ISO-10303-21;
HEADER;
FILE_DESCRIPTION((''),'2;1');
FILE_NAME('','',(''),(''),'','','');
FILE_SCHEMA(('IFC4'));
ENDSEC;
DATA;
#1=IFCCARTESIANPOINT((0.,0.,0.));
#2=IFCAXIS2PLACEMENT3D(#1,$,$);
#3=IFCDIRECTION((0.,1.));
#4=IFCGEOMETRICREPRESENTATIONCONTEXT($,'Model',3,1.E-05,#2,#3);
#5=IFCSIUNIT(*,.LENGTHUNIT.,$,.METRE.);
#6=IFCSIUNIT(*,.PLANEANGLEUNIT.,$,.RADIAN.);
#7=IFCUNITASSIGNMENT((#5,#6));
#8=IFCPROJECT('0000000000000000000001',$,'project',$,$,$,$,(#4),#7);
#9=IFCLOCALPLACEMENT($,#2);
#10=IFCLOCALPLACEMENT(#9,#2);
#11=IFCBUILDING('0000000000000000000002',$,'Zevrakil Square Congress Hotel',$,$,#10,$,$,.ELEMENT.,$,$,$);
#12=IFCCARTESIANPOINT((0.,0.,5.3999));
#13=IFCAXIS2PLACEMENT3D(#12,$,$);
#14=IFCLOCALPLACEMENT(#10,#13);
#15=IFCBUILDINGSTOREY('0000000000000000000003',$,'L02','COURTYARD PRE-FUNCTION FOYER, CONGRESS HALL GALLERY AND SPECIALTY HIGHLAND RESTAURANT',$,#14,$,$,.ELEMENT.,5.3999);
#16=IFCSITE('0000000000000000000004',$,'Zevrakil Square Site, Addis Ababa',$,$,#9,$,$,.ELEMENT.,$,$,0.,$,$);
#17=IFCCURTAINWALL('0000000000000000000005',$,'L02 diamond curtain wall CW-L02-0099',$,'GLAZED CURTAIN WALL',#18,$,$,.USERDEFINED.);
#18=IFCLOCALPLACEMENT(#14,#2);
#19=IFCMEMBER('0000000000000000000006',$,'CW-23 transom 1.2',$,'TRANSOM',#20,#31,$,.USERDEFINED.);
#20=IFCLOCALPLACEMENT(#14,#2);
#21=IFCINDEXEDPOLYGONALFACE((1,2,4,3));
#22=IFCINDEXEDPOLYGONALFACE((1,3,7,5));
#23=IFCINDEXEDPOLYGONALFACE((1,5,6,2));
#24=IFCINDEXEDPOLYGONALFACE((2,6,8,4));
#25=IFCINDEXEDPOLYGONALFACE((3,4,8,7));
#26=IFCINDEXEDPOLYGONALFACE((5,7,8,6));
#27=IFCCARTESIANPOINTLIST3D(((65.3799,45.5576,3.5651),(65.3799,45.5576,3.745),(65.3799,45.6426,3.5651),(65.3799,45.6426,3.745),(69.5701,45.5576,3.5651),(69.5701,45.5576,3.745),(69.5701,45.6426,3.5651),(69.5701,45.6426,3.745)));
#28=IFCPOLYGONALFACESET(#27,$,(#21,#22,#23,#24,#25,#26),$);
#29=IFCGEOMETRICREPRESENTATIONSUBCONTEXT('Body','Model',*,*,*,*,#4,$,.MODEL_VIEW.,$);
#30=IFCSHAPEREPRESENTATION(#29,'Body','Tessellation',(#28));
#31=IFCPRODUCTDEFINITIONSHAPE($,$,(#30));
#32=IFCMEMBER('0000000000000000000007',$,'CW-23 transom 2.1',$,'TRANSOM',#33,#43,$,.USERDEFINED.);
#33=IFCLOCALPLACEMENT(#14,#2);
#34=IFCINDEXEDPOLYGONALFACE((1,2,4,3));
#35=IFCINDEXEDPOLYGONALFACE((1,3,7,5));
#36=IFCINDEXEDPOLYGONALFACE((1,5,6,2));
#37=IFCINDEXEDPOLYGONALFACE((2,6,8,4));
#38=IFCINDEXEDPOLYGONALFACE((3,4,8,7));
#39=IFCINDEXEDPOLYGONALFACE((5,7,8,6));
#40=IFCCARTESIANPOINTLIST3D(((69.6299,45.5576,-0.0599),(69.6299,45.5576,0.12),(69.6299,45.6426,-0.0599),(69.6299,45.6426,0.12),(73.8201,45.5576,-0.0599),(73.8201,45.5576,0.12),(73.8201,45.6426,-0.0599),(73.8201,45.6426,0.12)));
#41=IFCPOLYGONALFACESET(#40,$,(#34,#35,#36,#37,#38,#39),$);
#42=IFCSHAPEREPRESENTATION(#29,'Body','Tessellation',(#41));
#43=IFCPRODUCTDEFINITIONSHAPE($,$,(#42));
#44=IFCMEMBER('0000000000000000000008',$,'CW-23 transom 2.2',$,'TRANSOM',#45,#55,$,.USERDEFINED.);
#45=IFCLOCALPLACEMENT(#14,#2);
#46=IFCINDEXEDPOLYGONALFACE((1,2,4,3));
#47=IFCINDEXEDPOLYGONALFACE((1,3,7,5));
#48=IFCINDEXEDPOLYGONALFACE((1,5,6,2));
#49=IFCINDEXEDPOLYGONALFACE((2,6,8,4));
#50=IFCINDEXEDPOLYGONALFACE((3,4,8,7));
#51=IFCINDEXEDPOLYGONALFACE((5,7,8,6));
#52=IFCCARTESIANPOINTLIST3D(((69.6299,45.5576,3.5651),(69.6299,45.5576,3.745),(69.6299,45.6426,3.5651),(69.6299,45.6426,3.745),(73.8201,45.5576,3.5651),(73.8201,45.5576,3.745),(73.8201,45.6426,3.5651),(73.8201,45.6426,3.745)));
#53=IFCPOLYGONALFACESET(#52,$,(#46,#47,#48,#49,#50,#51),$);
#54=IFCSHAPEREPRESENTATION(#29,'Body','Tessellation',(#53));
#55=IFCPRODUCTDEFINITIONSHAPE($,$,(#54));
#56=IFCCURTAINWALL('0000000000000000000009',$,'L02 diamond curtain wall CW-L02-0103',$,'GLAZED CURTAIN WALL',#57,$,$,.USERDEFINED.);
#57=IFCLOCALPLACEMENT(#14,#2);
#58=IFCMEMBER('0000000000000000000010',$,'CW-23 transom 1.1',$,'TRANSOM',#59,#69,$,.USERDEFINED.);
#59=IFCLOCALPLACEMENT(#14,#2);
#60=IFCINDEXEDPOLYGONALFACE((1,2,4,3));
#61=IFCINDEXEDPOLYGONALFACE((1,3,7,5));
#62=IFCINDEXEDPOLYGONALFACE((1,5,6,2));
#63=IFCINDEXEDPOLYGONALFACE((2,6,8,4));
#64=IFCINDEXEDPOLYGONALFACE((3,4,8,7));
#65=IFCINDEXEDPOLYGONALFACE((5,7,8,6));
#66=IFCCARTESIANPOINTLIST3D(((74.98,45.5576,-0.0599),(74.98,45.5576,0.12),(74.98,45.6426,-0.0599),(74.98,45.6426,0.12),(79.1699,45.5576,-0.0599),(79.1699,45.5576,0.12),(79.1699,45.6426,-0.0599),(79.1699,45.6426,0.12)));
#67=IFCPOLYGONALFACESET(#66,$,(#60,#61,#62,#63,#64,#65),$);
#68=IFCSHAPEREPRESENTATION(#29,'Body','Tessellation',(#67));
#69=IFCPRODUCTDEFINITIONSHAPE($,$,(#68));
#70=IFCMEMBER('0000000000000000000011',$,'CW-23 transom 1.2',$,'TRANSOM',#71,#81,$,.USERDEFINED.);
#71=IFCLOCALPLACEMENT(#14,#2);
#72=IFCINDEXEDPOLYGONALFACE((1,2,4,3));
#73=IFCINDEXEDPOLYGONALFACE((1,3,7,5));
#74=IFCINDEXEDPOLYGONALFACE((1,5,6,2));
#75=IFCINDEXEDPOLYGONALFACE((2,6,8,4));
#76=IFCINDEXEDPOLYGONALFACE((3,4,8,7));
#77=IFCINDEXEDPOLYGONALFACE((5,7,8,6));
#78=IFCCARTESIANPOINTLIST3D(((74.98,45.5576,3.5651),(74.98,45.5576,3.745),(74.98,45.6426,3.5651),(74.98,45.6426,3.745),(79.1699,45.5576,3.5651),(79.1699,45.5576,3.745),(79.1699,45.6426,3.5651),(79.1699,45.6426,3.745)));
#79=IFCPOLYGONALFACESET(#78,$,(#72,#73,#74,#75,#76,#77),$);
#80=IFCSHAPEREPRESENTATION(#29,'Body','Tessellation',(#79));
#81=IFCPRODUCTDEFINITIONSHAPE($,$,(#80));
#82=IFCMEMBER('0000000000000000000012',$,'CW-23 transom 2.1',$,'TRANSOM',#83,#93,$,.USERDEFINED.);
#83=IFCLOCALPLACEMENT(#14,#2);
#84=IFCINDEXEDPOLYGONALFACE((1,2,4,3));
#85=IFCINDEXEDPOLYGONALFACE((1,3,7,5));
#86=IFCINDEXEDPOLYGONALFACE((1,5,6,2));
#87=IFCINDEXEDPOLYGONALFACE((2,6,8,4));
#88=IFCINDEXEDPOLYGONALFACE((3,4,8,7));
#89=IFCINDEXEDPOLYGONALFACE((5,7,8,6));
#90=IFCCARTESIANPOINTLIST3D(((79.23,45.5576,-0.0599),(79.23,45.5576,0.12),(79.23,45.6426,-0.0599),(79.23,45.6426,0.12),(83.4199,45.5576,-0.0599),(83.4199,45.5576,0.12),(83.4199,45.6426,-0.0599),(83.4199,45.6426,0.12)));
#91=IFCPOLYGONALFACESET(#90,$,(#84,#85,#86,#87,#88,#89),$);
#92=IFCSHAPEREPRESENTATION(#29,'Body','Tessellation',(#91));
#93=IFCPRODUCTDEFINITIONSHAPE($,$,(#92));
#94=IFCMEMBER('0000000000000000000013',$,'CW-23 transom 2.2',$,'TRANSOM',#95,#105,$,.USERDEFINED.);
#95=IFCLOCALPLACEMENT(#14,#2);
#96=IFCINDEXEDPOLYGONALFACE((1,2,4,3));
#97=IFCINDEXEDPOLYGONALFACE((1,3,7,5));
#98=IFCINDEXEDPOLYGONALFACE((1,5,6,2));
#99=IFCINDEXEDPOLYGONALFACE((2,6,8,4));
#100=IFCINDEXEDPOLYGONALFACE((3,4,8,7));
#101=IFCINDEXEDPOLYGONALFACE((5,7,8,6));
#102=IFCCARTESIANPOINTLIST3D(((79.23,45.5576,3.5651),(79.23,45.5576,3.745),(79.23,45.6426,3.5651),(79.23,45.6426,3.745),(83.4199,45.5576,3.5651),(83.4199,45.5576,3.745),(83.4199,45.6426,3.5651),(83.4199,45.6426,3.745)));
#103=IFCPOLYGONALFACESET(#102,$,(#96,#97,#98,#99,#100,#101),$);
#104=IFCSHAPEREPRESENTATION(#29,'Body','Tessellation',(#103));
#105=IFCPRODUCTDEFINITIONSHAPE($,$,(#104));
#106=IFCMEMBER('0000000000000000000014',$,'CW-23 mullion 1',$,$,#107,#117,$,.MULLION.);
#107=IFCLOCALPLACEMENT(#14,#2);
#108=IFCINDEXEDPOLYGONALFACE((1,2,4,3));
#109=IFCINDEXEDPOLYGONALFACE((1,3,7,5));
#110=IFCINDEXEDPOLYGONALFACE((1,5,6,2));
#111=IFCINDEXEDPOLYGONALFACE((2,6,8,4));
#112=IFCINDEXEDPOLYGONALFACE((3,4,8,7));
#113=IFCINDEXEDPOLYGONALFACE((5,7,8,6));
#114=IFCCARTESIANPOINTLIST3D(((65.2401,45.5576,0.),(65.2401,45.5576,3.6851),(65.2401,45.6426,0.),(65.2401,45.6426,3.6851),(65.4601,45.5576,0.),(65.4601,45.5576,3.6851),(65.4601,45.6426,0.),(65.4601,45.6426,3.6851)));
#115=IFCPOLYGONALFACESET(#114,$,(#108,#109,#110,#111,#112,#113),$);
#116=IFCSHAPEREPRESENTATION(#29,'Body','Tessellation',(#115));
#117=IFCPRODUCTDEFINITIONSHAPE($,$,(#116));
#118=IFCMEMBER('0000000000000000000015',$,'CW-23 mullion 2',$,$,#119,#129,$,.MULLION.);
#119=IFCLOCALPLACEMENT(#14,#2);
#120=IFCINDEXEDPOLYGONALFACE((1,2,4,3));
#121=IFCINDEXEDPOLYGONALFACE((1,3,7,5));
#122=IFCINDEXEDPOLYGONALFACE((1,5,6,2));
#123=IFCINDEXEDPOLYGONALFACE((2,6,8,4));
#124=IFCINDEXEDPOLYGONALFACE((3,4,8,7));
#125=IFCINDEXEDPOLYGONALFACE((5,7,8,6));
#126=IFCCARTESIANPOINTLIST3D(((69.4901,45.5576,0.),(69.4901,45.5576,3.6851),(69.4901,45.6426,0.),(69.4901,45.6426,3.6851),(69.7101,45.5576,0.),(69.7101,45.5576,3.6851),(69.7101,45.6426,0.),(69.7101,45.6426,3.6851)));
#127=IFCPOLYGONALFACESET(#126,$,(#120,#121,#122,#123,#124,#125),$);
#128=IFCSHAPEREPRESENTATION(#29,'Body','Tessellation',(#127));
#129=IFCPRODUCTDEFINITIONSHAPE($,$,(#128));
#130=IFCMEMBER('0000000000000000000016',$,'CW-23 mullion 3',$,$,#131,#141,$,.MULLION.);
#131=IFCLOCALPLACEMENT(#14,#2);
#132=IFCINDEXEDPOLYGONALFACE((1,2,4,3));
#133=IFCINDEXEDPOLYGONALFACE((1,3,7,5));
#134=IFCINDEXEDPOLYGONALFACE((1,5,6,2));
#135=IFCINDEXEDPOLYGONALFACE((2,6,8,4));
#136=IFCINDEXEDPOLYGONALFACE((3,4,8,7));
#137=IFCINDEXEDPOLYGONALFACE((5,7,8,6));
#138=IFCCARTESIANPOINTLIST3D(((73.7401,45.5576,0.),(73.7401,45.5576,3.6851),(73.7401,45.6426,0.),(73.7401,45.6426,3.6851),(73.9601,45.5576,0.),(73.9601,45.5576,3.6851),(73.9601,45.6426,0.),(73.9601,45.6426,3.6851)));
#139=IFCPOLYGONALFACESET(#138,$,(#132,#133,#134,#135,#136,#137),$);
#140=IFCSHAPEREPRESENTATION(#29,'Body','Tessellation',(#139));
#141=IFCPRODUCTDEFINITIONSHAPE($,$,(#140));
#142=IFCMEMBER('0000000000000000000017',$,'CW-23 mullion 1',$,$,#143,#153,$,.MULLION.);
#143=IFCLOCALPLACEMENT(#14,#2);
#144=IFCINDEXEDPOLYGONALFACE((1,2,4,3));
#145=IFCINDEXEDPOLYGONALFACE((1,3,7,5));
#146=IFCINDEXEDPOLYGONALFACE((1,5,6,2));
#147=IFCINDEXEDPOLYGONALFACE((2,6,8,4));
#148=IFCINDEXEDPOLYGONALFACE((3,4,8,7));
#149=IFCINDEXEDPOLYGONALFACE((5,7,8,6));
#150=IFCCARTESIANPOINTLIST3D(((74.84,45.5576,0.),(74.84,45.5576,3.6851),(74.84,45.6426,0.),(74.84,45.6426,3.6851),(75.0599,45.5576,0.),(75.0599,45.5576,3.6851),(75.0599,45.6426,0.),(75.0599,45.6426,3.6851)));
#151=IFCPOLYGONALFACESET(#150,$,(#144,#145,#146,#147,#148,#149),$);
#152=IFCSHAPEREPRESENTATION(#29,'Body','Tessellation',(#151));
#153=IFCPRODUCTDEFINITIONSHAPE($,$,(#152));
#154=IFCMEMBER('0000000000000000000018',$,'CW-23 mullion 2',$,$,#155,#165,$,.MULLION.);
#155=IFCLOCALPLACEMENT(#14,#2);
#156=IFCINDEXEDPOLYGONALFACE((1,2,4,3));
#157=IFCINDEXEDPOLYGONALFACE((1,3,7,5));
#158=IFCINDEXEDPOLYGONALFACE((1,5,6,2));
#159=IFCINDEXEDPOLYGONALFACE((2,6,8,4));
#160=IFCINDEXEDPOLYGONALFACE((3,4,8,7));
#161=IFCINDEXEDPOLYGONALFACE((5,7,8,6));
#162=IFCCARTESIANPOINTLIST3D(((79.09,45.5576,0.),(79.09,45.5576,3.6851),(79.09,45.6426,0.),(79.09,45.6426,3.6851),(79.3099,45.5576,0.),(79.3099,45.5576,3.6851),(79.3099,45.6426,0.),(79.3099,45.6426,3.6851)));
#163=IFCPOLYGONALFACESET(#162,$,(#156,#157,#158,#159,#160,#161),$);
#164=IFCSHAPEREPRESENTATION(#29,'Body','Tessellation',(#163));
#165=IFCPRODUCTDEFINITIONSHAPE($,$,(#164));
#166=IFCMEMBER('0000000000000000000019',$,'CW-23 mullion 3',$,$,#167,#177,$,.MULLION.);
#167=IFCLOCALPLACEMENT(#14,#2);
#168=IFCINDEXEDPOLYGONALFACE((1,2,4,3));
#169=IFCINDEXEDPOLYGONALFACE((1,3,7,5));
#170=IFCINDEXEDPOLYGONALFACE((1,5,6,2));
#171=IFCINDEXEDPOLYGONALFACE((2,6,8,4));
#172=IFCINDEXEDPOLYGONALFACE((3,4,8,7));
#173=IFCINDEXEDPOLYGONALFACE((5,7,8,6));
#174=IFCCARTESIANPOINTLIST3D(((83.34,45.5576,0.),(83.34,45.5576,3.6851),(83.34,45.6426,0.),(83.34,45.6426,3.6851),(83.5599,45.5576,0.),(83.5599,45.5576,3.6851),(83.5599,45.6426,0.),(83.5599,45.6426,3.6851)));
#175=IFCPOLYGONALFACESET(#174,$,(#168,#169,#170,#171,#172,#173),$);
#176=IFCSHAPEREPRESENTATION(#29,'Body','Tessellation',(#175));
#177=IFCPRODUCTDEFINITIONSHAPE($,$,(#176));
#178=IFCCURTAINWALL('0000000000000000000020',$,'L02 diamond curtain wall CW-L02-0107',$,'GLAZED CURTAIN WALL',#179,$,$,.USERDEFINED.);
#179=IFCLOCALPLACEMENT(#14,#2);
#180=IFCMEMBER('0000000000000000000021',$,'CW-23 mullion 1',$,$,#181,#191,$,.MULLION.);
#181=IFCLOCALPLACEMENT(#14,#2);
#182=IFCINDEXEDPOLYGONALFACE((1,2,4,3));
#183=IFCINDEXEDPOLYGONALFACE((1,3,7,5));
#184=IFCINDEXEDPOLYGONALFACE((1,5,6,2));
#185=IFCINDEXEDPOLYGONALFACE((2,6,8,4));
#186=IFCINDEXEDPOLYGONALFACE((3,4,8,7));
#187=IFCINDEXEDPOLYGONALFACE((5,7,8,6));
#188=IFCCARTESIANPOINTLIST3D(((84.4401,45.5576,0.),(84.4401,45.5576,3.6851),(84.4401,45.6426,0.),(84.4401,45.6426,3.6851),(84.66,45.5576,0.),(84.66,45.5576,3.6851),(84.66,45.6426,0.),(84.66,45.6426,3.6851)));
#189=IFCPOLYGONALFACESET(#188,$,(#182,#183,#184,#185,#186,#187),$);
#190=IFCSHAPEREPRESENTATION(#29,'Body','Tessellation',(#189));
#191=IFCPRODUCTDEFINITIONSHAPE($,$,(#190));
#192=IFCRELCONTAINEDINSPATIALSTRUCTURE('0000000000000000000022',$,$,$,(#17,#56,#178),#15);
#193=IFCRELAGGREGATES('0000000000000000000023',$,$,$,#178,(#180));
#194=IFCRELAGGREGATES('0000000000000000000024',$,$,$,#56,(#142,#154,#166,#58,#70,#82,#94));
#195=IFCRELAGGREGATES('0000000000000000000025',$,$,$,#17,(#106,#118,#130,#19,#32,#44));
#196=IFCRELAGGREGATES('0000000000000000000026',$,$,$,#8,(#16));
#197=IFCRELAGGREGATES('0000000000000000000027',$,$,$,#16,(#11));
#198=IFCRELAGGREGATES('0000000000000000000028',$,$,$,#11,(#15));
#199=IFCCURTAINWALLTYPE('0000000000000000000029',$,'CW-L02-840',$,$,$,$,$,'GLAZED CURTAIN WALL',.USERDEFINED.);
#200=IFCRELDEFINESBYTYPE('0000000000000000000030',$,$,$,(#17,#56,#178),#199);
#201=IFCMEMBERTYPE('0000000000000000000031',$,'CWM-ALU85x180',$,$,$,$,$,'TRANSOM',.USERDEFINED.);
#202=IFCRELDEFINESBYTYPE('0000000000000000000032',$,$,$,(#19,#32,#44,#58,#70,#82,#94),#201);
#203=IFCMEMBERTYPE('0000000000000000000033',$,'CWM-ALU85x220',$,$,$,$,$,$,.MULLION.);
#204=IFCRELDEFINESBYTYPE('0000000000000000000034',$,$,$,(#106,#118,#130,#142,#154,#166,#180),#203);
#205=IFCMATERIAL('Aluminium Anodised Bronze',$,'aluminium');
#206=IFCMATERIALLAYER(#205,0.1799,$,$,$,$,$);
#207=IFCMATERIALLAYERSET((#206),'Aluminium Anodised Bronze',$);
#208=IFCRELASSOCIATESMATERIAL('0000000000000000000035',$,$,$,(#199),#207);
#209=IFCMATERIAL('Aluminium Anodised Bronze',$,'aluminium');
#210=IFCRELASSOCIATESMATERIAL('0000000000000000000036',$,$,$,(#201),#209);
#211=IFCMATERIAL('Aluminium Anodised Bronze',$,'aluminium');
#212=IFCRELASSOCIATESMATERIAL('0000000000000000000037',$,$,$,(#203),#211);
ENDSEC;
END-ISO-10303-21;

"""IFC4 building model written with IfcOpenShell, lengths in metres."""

from ifc_helpers import new_model, si_unit, direction, frame, origin, origin_2d, place, context, subcontext, project, spatial, rectangle, extrude, material, layer, layer_set, material_profile, profile_set, type_object, element, aggregate, save


model = new_model("IFC4")

# Units and contexts
model_context = context("Model", 3, precision=1e-05, world=origin(), true_north=direction((0.0, 1.0)))
body_context = subcontext(model_context, "Body", "Model", "MODEL_VIEW")
ifc_project = project(units=[si_unit("LENGTHUNIT", "METRE"), si_unit("PLANEANGLEUNIT", "RADIAN")], contexts=[model_context])

# Site, building, storey
site_placement = place(None, origin())
site = spatial("IfcSite", under=ifc_project, at=site_placement, Name="Zevrakil Square Site, Addis Ababa", CompositionType="ELEMENT", RefElevation=0.0)
building_placement = place(site_placement, origin())
building = spatial("IfcBuilding", under=site, at=building_placement, Name="Zevrakil Square Congress Hotel", CompositionType="ELEMENT")
storey_placement = place(building_placement, frame((0.0, 0.0, 5.3999)))
storey = spatial("IfcBuildingStorey", under=building, at=storey_placement, Name="L02", Description="COURTYARD PRE-FUNCTION FOYER, CONGRESS HALL GALLERY AND SPECIALTY HIGHLAND RESTAURANT", CompositionType="ELEMENT", Elevation=5.3999)

# Curtain walls, members
ifc_material_1 = material(Name="Aluminium Anodised Bronze", Category="aluminium")
ifc_layer_1 = layer(ifc_material_1, 0.1799)
ifc_layer_set_1 = layer_set([ifc_layer_1], Name="Aluminium Anodised Bronze")
curtain_wall_type = type_object("IfcCurtainWallType", Name="CW-L02-840", ElementType="GLAZED CURTAIN WALL", PredefinedType="USERDEFINED", material=ifc_layer_set_1)
curtain_wall_1_placement = place(storey_placement, origin())
curtain_wall_1 = element("IfcCurtainWall", 1, at=curtain_wall_1_placement, inside=storey, type_object=curtain_wall_type, Name="L02 diamond curtain wall CW-L02-0099", ObjectType="GLAZED CURTAIN WALL", PredefinedType="USERDEFINED")
ifc_material_2 = material(Name="Aluminium Anodised Bronze", Category="aluminium")
ifc_material_profile_1 = material_profile(ifc_material_2, rectangle(XDim=0.085, YDim=0.1799, at=origin_2d()), Name="ALU 85x180")
ifc_profile_set_1 = profile_set([ifc_material_profile_1], Name="Aluminium Anodised Bronze")
member_type_1 = type_object("IfcMemberType", Name="CWM-ALU85x180", ElementType="TRANSOM", PredefinedType="USERDEFINED", material=ifc_profile_set_1)
member_1_placement = place(storey_placement, frame((65.3799, 45.6001, 3.655), z_axis=(1.0, 0.0, 0.0), x_axis=(0.0, 1.0, 0.0)))
member_1 = element("IfcMember", 2, at=member_1_placement, type_object=member_type_1, Name="CW-23 transom 1.2", ObjectType="TRANSOM", PredefinedType="USERDEFINED", context=body_context, shape_type="SweptSolid", body=[
    extrude(rectangle(XDim=0.085, YDim=0.1799, at=origin_2d()), origin(), (0.0, 0.0, 1.0), 4.1902),
])
member_2_placement = place(storey_placement, frame((69.6299, 45.6001, 0.03), z_axis=(1.0, 0.0, 0.0), x_axis=(0.0, 1.0, 0.0)))
member_2 = element("IfcMember", 3, at=member_2_placement, type_object=member_type_1, Name="CW-23 transom 2.1", ObjectType="TRANSOM", PredefinedType="USERDEFINED", context=body_context, shape_type="SweptSolid", body=[
    extrude(rectangle(XDim=0.085, YDim=0.1799, at=origin_2d()), origin(), (0.0, 0.0, 1.0), 4.1902),
])
member_3_placement = place(storey_placement, frame((69.6299, 45.6001, 3.655), z_axis=(1.0, 0.0, 0.0), x_axis=(0.0, 1.0, 0.0)))
member_3 = element("IfcMember", 4, at=member_3_placement, type_object=member_type_1, Name="CW-23 transom 2.2", ObjectType="TRANSOM", PredefinedType="USERDEFINED", context=body_context, shape_type="SweptSolid", body=[
    extrude(rectangle(XDim=0.085, YDim=0.1799, at=origin_2d()), origin(), (0.0, 0.0, 1.0), 4.1902),
])
curtain_wall_2_placement = place(storey_placement, origin())
curtain_wall_2 = element("IfcCurtainWall", 5, at=curtain_wall_2_placement, inside=storey, type_object=curtain_wall_type, Name="L02 diamond curtain wall CW-L02-0103", ObjectType="GLAZED CURTAIN WALL", PredefinedType="USERDEFINED")
member_4_placement = place(storey_placement, frame((74.98, 45.6001, 0.03), z_axis=(1.0, 0.0, 0.0), x_axis=(0.0, 1.0, 0.0)))
member_4 = element("IfcMember", 6, at=member_4_placement, type_object=member_type_1, Name="CW-23 transom 1.1", ObjectType="TRANSOM", PredefinedType="USERDEFINED", context=body_context, shape_type="SweptSolid", body=[
    extrude(rectangle(XDim=0.085, YDim=0.1799, at=origin_2d()), origin(), (0.0, 0.0, 1.0), 4.1899),
])
member_5_placement = place(storey_placement, frame((74.98, 45.6001, 3.655), z_axis=(1.0, 0.0, 0.0), x_axis=(0.0, 1.0, 0.0)))
member_5 = element("IfcMember", 7, at=member_5_placement, type_object=member_type_1, Name="CW-23 transom 1.2", ObjectType="TRANSOM", PredefinedType="USERDEFINED", context=body_context, shape_type="SweptSolid", body=[
    extrude(rectangle(XDim=0.085, YDim=0.1799, at=origin_2d()), origin(), (0.0, 0.0, 1.0), 4.1899),
])
member_6_placement = place(storey_placement, frame((79.23, 45.6001, 0.03), z_axis=(1.0, 0.0, 0.0), x_axis=(0.0, 1.0, 0.0)))
member_6 = element("IfcMember", 8, at=member_6_placement, type_object=member_type_1, Name="CW-23 transom 2.1", ObjectType="TRANSOM", PredefinedType="USERDEFINED", context=body_context, shape_type="SweptSolid", body=[
    extrude(rectangle(XDim=0.085, YDim=0.1799, at=origin_2d()), origin(), (0.0, 0.0, 1.0), 4.1899),
])
member_7_placement = place(storey_placement, frame((79.23, 45.6001, 3.655), z_axis=(1.0, 0.0, 0.0), x_axis=(0.0, 1.0, 0.0)))
member_7 = element("IfcMember", 9, at=member_7_placement, type_object=member_type_1, Name="CW-23 transom 2.2", ObjectType="TRANSOM", PredefinedType="USERDEFINED", context=body_context, shape_type="SweptSolid", body=[
    extrude(rectangle(XDim=0.085, YDim=0.1799, at=origin_2d()), origin(), (0.0, 0.0, 1.0), 4.1899),
])

# Members
ifc_material_3 = material(Name="Aluminium Anodised Bronze", Category="aluminium")
ifc_material_profile_2 = material_profile(ifc_material_3, rectangle(XDim=0.085, YDim=0.22, at=origin_2d()), Name="ALU 85x220")
ifc_profile_set_2 = profile_set([ifc_material_profile_2], Name="Aluminium Anodised Bronze")
member_type_2 = type_object("IfcMemberType", Name="CWM-ALU85x220", PredefinedType="MULLION", material=ifc_profile_set_2)
member_8_placement = place(storey_placement, frame((65.3501, 45.6001, 0.0), z_axis=(0.0, 0.0, 1.0), x_axis=(0.0, 1.0, 0.0)))
member_8 = element("IfcMember", 10, at=member_8_placement, type_object=member_type_2, Name="CW-23 mullion 1", PredefinedType="MULLION", context=body_context, shape_type="SweptSolid", body=[
    extrude(rectangle(XDim=0.085, YDim=0.22, at=origin_2d()), origin(), (0.0, 0.0, 1.0), 3.6851),
])
member_9_placement = place(storey_placement, frame((69.6001, 45.6001, 0.0), z_axis=(0.0, 0.0, 1.0), x_axis=(0.0, 1.0, 0.0)))
member_9 = element("IfcMember", 11, at=member_9_placement, type_object=member_type_2, Name="CW-23 mullion 2", PredefinedType="MULLION", context=body_context, shape_type="SweptSolid", body=[
    extrude(rectangle(XDim=0.085, YDim=0.22, at=origin_2d()), origin(), (0.0, 0.0, 1.0), 3.6851),
])
member_10_placement = place(storey_placement, frame((73.8501, 45.6001, 0.0), z_axis=(0.0, 0.0, 1.0), x_axis=(0.0, 1.0, 0.0)))
member_10 = element("IfcMember", 12, at=member_10_placement, type_object=member_type_2, Name="CW-23 mullion 3", PredefinedType="MULLION", context=body_context, shape_type="SweptSolid", body=[
    extrude(rectangle(XDim=0.085, YDim=0.22, at=origin_2d()), origin(), (0.0, 0.0, 1.0), 3.6851),
])
member_11_placement = place(storey_placement, frame((74.95, 45.6001, 0.0), z_axis=(0.0, 0.0, 1.0), x_axis=(0.0, 1.0, 0.0)))
member_11 = element("IfcMember", 13, at=member_11_placement, type_object=member_type_2, Name="CW-23 mullion 1", PredefinedType="MULLION", context=body_context, shape_type="SweptSolid", body=[
    extrude(rectangle(XDim=0.085, YDim=0.22, at=origin_2d()), origin(), (0.0, 0.0, 1.0), 3.6851),
])
member_12_placement = place(storey_placement, frame((79.2, 45.6001, 0.0), z_axis=(0.0, 0.0, 1.0), x_axis=(0.0, 1.0, 0.0)))
member_12 = element("IfcMember", 14, at=member_12_placement, type_object=member_type_2, Name="CW-23 mullion 2", PredefinedType="MULLION", context=body_context, shape_type="SweptSolid", body=[
    extrude(rectangle(XDim=0.085, YDim=0.22, at=origin_2d()), origin(), (0.0, 0.0, 1.0), 3.6851),
])
member_13_placement = place(storey_placement, frame((83.45, 45.6001, 0.0), z_axis=(0.0, 0.0, 1.0), x_axis=(0.0, 1.0, 0.0)))
member_13 = element("IfcMember", 15, at=member_13_placement, type_object=member_type_2, Name="CW-23 mullion 3", PredefinedType="MULLION", context=body_context, shape_type="SweptSolid", body=[
    extrude(rectangle(XDim=0.085, YDim=0.22, at=origin_2d()), origin(), (0.0, 0.0, 1.0), 3.6851),
])

# Curtain wall, member
curtain_wall_3_placement = place(storey_placement, origin())
curtain_wall_3 = element("IfcCurtainWall", 16, at=curtain_wall_3_placement, inside=storey, type_object=curtain_wall_type, Name="L02 diamond curtain wall CW-L02-0107", ObjectType="GLAZED CURTAIN WALL", PredefinedType="USERDEFINED")
member_14_placement = place(storey_placement, frame((84.55, 45.6001, 0.0), z_axis=(0.0, 0.0, 1.0), x_axis=(0.0, 1.0, 0.0)))
member_14 = element("IfcMember", 17, at=member_14_placement, type_object=member_type_2, Name="CW-23 mullion 1", PredefinedType="MULLION", context=body_context, shape_type="SweptSolid", body=[
    extrude(rectangle(XDim=0.085, YDim=0.22, at=origin_2d()), origin(), (0.0, 0.0, 1.0), 3.6851),
])
aggregate(curtain_wall_3, [member_14])

aggregate(curtain_wall_2, [member_11, member_12, member_13, member_4, member_5, member_6, member_7])
aggregate(curtain_wall_1, [member_8, member_9, member_10, member_1, member_2, member_3])

save(model, "model.ifc")
